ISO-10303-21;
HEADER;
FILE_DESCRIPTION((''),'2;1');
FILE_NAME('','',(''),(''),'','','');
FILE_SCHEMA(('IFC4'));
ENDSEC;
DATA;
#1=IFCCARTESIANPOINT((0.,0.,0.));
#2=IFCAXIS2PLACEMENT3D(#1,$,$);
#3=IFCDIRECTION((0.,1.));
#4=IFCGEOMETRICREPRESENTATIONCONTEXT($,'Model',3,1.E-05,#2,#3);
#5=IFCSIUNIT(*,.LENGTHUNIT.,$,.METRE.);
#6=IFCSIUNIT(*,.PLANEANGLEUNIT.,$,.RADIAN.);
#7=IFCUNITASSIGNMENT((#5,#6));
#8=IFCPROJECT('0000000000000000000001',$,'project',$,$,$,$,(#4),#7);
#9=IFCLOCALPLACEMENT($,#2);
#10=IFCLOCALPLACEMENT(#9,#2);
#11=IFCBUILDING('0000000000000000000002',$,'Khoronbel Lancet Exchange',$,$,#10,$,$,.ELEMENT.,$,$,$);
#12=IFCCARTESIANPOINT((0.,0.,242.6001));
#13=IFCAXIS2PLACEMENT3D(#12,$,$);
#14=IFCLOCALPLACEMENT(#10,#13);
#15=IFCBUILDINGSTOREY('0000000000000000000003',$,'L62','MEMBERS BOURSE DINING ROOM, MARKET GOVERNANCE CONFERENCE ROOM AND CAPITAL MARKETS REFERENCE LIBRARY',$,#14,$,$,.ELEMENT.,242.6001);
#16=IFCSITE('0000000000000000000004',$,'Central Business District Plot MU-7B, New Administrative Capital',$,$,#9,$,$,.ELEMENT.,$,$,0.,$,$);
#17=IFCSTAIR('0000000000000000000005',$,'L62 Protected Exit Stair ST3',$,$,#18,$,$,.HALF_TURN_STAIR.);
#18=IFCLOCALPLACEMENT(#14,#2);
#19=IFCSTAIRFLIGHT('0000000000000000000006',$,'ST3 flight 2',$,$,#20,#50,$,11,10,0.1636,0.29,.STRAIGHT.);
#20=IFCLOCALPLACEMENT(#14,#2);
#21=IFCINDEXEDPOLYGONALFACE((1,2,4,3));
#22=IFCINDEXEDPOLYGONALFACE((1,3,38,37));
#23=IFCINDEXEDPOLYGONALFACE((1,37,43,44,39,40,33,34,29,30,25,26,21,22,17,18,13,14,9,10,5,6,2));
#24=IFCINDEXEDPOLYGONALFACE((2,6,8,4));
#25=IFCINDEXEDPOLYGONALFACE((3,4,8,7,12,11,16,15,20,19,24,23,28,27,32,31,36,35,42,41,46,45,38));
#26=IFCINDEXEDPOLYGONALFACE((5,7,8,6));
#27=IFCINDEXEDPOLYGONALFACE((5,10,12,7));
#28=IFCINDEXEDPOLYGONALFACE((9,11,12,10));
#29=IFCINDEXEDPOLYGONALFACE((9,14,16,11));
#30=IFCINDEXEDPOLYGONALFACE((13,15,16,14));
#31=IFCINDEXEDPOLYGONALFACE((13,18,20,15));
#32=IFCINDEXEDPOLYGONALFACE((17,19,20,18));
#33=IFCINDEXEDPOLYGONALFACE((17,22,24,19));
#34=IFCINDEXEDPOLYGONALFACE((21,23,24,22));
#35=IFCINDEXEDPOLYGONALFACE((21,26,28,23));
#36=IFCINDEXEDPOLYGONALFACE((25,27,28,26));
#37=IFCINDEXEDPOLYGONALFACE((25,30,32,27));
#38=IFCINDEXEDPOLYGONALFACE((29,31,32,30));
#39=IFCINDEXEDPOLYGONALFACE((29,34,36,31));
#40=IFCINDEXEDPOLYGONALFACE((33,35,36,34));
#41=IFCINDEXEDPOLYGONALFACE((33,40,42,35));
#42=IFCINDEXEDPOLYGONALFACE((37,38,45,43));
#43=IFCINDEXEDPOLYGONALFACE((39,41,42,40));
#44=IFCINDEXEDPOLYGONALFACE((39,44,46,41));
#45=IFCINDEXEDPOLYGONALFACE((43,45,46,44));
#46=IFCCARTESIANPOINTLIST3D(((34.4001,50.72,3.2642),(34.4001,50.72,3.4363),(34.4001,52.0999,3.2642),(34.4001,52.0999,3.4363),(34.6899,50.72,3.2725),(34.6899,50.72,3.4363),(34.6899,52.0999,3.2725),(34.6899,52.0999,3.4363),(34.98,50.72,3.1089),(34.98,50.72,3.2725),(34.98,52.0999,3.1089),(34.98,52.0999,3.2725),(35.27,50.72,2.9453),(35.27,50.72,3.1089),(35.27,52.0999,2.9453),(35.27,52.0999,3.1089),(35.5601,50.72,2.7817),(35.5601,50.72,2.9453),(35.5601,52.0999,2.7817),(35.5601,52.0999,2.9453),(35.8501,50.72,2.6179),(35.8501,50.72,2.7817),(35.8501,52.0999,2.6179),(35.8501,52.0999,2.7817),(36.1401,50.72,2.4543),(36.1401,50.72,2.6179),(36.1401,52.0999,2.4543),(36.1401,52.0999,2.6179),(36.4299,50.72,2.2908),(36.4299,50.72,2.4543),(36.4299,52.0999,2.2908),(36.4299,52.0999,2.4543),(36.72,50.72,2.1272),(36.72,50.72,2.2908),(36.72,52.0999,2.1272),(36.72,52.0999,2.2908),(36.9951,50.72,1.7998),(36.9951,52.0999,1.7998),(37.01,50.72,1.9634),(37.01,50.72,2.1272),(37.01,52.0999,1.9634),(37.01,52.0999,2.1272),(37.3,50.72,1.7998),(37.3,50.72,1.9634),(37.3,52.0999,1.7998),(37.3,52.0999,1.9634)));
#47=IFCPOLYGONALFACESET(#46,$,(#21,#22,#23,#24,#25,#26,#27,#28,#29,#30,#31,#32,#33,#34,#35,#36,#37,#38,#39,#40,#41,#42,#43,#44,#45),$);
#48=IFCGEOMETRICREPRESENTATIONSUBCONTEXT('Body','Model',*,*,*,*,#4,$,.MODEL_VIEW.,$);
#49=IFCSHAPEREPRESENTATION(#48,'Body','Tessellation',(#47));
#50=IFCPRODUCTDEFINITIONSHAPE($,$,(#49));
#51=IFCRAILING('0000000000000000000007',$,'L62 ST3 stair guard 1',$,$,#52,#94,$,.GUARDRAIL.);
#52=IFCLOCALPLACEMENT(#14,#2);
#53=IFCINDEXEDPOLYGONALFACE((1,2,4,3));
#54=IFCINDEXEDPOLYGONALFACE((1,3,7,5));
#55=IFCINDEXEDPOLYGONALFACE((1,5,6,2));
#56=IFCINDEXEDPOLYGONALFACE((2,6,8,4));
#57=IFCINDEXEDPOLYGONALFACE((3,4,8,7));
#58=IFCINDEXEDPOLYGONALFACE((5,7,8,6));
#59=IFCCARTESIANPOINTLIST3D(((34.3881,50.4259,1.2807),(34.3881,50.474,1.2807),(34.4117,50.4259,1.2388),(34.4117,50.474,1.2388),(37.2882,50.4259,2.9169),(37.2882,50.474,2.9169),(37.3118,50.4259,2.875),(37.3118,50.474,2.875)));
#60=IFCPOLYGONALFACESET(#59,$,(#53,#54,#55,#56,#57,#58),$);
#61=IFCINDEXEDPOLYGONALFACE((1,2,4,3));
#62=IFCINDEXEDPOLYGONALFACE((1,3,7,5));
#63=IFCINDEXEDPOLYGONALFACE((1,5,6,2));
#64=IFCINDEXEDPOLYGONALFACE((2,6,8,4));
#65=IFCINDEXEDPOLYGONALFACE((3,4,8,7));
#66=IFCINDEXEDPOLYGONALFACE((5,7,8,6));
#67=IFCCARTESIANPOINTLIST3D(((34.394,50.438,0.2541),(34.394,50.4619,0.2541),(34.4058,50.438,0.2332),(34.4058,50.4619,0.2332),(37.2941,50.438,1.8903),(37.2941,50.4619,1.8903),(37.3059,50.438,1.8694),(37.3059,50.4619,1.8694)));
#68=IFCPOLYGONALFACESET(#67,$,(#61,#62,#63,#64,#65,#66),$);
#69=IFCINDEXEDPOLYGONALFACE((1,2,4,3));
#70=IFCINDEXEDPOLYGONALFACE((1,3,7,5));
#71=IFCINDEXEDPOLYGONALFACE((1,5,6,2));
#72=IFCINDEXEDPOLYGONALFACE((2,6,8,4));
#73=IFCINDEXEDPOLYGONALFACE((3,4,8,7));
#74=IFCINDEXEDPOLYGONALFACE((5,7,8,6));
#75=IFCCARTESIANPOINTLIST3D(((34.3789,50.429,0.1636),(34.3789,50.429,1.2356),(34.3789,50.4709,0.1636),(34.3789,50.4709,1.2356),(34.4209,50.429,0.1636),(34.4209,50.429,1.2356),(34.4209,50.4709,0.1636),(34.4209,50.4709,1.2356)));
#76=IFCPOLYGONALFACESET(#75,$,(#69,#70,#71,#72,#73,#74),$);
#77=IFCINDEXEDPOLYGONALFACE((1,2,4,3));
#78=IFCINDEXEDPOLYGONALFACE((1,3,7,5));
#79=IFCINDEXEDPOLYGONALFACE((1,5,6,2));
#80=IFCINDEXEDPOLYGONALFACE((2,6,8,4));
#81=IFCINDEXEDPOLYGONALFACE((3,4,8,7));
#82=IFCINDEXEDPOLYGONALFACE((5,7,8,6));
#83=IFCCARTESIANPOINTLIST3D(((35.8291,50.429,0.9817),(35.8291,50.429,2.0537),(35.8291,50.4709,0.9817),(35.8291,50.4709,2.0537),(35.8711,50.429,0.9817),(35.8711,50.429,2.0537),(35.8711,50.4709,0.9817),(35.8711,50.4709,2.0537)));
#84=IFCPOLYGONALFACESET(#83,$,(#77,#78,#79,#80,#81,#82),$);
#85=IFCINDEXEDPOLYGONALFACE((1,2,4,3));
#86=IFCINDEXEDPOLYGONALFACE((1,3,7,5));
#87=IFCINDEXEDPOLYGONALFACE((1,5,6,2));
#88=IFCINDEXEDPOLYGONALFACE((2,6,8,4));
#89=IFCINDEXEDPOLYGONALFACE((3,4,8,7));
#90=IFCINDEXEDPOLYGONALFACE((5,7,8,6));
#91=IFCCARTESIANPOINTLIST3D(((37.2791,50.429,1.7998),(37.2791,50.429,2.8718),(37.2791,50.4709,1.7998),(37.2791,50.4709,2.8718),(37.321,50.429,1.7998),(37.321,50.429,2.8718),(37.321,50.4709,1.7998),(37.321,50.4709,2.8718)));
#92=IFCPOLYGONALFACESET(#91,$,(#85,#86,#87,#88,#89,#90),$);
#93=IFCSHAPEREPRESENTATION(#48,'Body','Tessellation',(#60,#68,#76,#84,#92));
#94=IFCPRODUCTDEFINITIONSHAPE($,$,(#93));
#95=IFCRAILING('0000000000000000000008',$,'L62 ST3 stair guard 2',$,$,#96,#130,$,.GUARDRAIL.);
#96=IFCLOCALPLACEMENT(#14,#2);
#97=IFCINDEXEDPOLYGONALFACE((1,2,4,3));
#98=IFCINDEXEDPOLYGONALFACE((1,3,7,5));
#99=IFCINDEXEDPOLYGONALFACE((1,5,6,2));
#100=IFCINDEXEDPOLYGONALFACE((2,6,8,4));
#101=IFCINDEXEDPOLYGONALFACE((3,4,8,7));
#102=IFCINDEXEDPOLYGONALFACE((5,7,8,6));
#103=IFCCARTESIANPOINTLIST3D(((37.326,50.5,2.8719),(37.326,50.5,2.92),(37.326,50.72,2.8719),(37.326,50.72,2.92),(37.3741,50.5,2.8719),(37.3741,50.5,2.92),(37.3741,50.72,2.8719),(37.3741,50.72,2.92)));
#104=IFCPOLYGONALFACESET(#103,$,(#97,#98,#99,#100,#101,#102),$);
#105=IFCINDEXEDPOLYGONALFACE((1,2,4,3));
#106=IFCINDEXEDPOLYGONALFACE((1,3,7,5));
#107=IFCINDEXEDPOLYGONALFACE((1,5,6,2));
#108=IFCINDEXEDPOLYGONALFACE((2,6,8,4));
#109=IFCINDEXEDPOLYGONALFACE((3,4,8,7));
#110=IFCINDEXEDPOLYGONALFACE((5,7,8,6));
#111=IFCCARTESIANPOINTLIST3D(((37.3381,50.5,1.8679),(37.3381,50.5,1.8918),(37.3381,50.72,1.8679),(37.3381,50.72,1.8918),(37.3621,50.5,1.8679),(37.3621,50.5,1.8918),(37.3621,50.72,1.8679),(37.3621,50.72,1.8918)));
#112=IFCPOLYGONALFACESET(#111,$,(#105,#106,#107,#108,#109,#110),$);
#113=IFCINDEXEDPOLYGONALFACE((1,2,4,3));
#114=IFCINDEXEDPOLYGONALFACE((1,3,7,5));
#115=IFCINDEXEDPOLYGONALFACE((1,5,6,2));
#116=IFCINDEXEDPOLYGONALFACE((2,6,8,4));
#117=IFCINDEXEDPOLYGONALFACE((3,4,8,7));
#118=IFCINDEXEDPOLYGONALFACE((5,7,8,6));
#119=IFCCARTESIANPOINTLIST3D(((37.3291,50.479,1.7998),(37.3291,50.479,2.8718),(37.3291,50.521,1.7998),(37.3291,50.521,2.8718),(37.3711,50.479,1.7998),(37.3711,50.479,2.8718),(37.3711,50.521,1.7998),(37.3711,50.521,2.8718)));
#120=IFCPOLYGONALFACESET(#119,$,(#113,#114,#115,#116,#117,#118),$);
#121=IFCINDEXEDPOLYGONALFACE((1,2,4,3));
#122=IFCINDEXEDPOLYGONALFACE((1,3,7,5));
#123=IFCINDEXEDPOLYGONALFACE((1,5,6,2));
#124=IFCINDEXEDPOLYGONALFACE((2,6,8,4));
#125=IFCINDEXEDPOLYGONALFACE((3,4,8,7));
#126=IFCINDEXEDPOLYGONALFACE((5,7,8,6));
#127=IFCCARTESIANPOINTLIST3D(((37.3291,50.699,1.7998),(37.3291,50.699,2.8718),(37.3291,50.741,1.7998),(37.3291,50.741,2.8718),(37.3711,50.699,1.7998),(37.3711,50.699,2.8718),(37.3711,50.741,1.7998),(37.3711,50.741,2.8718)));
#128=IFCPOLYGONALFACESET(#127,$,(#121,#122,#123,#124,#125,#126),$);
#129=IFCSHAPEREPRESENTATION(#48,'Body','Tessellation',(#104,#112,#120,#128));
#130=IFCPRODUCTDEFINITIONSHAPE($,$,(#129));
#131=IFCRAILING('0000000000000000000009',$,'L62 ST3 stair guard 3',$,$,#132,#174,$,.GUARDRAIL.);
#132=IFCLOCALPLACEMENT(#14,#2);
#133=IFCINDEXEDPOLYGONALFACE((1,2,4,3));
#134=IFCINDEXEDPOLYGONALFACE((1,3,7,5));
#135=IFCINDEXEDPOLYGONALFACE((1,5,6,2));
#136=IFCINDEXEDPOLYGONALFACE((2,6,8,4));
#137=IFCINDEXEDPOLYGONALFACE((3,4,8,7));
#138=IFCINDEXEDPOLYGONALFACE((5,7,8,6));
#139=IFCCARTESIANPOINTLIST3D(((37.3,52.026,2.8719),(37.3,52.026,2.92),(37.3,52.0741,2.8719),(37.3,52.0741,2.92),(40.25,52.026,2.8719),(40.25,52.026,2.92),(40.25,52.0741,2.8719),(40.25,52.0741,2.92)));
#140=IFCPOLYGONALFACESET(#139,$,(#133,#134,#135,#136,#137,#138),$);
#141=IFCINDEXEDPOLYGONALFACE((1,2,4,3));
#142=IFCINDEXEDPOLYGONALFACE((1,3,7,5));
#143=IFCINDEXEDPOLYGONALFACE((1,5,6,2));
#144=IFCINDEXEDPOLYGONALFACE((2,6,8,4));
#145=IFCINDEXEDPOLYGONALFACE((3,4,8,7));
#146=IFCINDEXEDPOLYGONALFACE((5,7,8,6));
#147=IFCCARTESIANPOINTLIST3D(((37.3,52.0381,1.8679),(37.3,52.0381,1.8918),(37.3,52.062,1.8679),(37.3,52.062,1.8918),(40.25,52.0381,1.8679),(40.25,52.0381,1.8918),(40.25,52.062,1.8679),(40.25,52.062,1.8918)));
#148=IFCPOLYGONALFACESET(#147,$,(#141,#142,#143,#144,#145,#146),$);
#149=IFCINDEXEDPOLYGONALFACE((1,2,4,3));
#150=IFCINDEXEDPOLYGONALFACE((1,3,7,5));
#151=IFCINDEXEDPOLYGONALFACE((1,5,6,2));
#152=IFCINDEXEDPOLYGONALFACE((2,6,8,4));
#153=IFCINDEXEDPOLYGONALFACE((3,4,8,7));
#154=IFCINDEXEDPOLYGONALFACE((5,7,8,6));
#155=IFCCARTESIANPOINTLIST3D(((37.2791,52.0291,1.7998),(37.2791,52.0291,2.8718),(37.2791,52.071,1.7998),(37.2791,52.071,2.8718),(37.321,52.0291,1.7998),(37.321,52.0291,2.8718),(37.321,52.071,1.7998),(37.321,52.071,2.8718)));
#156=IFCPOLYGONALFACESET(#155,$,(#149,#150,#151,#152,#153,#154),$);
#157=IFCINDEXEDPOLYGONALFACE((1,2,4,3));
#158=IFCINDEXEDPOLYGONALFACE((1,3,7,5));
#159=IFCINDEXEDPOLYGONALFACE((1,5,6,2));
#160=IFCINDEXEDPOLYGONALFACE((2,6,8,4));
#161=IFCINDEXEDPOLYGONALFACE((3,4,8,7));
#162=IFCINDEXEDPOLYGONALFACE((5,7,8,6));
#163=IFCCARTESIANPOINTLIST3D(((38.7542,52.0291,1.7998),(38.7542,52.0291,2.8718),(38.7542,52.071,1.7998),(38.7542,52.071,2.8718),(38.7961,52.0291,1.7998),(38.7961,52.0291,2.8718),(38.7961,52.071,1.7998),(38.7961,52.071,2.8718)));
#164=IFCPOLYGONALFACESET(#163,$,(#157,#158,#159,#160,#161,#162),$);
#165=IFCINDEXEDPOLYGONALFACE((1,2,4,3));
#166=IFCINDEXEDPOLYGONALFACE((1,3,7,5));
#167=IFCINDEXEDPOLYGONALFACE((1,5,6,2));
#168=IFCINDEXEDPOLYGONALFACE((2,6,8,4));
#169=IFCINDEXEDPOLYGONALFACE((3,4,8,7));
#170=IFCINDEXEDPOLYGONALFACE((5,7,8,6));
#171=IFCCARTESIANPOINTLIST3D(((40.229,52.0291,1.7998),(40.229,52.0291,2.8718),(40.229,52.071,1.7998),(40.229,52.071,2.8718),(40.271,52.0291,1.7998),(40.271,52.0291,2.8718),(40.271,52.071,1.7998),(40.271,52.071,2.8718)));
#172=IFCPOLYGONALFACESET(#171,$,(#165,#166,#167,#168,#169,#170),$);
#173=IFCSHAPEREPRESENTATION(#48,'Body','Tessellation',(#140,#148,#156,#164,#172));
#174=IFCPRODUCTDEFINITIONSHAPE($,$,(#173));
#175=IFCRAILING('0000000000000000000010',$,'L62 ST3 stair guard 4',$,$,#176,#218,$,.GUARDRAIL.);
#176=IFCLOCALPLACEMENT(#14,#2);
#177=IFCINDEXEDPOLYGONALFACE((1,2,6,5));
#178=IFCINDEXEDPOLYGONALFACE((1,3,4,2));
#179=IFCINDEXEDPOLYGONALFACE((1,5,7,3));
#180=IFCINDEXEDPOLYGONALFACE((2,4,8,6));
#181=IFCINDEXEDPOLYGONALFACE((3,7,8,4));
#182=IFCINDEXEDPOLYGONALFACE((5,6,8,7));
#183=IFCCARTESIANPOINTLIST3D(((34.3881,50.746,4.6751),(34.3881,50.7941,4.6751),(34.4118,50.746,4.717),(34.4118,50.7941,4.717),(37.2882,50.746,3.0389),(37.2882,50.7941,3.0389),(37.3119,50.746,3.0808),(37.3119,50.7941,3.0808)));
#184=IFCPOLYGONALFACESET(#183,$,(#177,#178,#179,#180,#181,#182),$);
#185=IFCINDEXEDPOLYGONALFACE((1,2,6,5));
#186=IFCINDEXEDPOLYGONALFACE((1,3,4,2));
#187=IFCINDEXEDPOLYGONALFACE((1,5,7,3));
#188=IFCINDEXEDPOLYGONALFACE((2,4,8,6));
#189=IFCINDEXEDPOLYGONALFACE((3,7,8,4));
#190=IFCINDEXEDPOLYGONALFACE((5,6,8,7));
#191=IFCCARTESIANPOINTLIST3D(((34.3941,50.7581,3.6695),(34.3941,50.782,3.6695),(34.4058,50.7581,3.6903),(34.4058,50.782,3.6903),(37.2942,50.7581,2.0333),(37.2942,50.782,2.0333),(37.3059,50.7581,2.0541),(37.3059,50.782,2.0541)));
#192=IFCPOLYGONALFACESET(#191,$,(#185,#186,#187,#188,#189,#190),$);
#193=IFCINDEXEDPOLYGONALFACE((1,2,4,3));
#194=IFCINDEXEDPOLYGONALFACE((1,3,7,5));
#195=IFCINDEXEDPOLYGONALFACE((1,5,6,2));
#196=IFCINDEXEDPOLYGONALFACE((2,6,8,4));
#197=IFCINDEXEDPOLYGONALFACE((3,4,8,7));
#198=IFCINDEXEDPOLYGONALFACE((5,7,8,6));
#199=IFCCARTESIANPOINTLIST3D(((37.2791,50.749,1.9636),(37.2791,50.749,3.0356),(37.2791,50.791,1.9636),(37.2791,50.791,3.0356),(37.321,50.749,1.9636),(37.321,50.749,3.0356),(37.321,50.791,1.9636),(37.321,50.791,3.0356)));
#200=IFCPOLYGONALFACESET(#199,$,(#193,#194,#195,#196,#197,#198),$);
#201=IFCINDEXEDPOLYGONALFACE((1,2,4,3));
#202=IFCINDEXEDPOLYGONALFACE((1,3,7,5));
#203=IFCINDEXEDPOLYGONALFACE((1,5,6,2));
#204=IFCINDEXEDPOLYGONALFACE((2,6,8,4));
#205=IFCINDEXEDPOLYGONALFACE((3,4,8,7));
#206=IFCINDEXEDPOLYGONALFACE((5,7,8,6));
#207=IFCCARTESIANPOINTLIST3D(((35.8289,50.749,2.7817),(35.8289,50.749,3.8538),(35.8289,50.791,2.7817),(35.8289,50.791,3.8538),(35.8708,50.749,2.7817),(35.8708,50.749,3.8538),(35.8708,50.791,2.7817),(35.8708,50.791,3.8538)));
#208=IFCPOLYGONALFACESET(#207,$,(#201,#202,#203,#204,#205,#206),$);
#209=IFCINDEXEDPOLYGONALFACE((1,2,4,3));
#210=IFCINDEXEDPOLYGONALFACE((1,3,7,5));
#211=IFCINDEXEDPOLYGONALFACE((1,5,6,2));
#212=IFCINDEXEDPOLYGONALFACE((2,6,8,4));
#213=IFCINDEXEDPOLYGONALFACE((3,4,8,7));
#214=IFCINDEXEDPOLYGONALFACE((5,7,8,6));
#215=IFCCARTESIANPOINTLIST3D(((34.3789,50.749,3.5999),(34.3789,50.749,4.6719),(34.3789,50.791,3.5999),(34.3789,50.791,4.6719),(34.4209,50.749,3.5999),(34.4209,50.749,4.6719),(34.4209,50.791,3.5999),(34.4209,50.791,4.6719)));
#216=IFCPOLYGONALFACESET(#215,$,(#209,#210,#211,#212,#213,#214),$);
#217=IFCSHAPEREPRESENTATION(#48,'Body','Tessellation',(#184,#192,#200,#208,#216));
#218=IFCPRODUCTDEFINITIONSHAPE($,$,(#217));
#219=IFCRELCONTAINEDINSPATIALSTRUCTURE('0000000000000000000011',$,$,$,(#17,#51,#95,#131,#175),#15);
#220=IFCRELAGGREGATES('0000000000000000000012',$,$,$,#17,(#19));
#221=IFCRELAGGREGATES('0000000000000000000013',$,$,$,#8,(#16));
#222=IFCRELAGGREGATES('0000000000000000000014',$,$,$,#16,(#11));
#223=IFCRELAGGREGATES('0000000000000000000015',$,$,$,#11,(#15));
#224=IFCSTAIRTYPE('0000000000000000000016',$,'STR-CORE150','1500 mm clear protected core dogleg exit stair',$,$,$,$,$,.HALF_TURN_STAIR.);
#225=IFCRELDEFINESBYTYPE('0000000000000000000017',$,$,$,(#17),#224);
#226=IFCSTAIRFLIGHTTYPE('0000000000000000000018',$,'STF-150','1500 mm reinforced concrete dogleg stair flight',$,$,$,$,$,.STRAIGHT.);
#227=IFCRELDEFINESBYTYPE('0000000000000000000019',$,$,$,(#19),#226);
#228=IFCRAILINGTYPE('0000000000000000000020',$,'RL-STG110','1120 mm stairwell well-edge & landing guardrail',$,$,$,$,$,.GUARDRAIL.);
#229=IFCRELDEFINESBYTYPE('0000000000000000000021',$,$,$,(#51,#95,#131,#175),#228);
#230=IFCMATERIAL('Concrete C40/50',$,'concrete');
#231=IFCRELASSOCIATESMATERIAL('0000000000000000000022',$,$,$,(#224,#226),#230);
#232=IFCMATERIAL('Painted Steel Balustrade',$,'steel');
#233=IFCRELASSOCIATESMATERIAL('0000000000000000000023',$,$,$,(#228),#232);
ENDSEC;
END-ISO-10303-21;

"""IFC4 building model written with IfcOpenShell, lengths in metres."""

from ifc_helpers import new_model, si_unit, direction, frame, origin, origin_2d, place, context, subcontext, project, spatial, polyline, rectangle, outline, extrude, material, type_object, element, aggregate, save


model = new_model("IFC4")

# Units and contexts
model_context = context("Model", 3, precision=1e-05, world=origin(), true_north=direction((0.0, 1.0)))
body_context = subcontext(model_context, "Body", "Model", "MODEL_VIEW")
ifc_project = project(units=[si_unit("LENGTHUNIT", "METRE"), si_unit("PLANEANGLEUNIT", "RADIAN")], contexts=[model_context])

# Site, building, storey
site_placement = place(None, origin())
site = spatial("IfcSite", under=ifc_project, at=site_placement, Name="Central Business District Plot MU-7B, New Administrative Capital", CompositionType="ELEMENT", RefElevation=0.0)
building_placement = place(site_placement, origin())
building = spatial("IfcBuilding", under=site, at=building_placement, Name="Khoronbel Lancet Exchange", CompositionType="ELEMENT")
storey_placement = place(building_placement, frame((0.0, 0.0, 242.6001)))
storey = spatial("IfcBuildingStorey", under=building, at=storey_placement, Name="L62", Description="MEMBERS BOURSE DINING ROOM, MARKET GOVERNANCE CONFERENCE ROOM AND CAPITAL MARKETS REFERENCE LIBRARY", CompositionType="ELEMENT", Elevation=242.6001)

# Stair, stair flight
ifc_material_1 = material(Name="Concrete C40/50", Category="concrete")
stair_type = type_object("IfcStairType", Name="STR-CORE150", Description="1500 mm clear protected core dogleg exit stair", PredefinedType="HALF_TURN_STAIR", material=ifc_material_1)
stair_placement = place(storey_placement, origin())
stair = element("IfcStair", 1, at=stair_placement, inside=storey, type_object=stair_type, Name="L62 Protected Exit Stair ST3", PredefinedType="HALF_TURN_STAIR")
stair_flight_type = type_object("IfcStairFlightType", Name="STF-150", Description="1500 mm reinforced concrete dogleg stair flight", PredefinedType="STRAIGHT", material=ifc_material_1)
stair_flight_1_placement = place(storey_placement, frame((37.3, 51.4099, 1.7998), z_axis=(0.0, 0.0, 1.0), x_axis=(-1.0, 0.0, 0.0)))
stair_flight_1 = element("IfcStairFlight", 2, at=stair_flight_1_placement, type_object=stair_flight_type, Name="ST3 flight 2", NumberOfRisers=11, NumberOfTreads=10, PredefinedType="STRAIGHT", RiserHeight=0.1636, TreadLength=0.29, context=body_context, shape_type="SweptSolid", body=[
    extrude(outline(polyline([(0.0, 0.0), (0.0, 0.1636), (0.29, 0.1636), (0.29, 0.3274), (0.5801, 0.3274), (0.5801, 0.491), (0.8701, 0.491), (0.8701, 0.6545), (1.1599, 0.6545), (1.1599, 0.8181), (1.45, 0.8181), (1.45, 0.9819), (1.74, 0.9819), (1.74, 1.1455), (2.03, 1.1455), (2.03, 1.3091), (2.3201, 1.3091), (2.3201, 1.4727), (2.6101, 1.4727), (2.6101, 1.6365), (2.8999, 1.6365), (2.8999, 1.8), (2.8999, 1.4644), (0.3049, 0.0), (0.0, 0.0)])), frame((0.0, 0.6899, 0.0), z_axis=(0.0, -1.0, 0.0), x_axis=(1.0, 0.0, 0.0)), (0.0, 0.0, 1.0), 1.3799),
])
aggregate(stair, [stair_flight_1])

# Railings
ifc_material_2 = material(Name="Painted Steel Balustrade", Category="steel")
railing_type_1 = type_object("IfcRailingType", Name="RL-STG110", Description="1120 mm stairwell well-edge & landing guardrail", PredefinedType="GUARDRAIL", material=ifc_material_2)
railing_1_placement = place(storey_placement, frame((34.3999, 50.45, 0.1636)))
element("IfcRailing", 3, at=railing_1_placement, inside=storey, type_object=railing_type_1, Name="L62 ST3 stair guard 1", PredefinedType="GUARDRAIL", context=body_context, shape_type="SweptSolid", body=[
    extrude(rectangle(XDim=0.0481, YDim=0.0481, at=origin_2d()), frame((0.0, 0.0, 1.0962), z_axis=(0.870946, 0.0, 0.491378), x_axis=(0.0, 1.0, 0.0)), (0.0, 0.0, 1.0), 3.3298),
    extrude(rectangle(XDim=0.0239, YDim=0.0239, at=origin_2d()), frame((0.0, 0.0, 0.0801), z_axis=(0.870946, 0.0, 0.491378), x_axis=(0.0, 1.0, 0.0)), (0.0, 0.0, 1.0), 3.3298),
    extrude(rectangle(XDim=0.042, YDim=0.042, at=origin_2d()), origin(), (0.0, 0.0, 1.0), 1.072),
    extrude(rectangle(XDim=0.042, YDim=0.042, at=origin_2d()), frame((1.4502, 0.0, 0.8181)), (0.0, 0.0, 1.0), 1.072),
    extrude(rectangle(XDim=0.042, YDim=0.042, at=origin_2d()), frame((2.9001, 0.0, 1.6362)), (0.0, 0.0, 1.0), 1.072),
])
railing_2_placement = place(storey_placement, frame((37.3501, 50.5, 1.7998)))
element("IfcRailing", 4, at=railing_2_placement, inside=storey, type_object=railing_type_1, Name="L62 ST3 stair guard 2", PredefinedType="GUARDRAIL", context=body_context, shape_type="SweptSolid", body=[
    extrude(rectangle(XDim=0.0481, YDim=0.0481, at=origin_2d()), frame((0.0, 0.0, 1.0962), z_axis=(0.0, 1.0, 0.0), x_axis=(-1.0, 0.0, 0.0)), (0.0, 0.0, 1.0), 0.22),
    extrude(rectangle(XDim=0.0239, YDim=0.0239, at=origin_2d()), frame((0.0, 0.0, 0.0801), z_axis=(0.0, 1.0, 0.0), x_axis=(-1.0, 0.0, 0.0)), (0.0, 0.0, 1.0), 0.22),
    extrude(rectangle(XDim=0.042, YDim=0.042, at=origin_2d()), origin(), (0.0, 0.0, 1.0), 1.072),
    extrude(rectangle(XDim=0.042, YDim=0.042, at=origin_2d()), frame((0.0, 0.22, 0.0)), (0.0, 0.0, 1.0), 1.072),
])
railing_3_placement = place(storey_placement, frame((37.3, 52.05, 1.7998)))
element("IfcRailing", 5, at=railing_3_placement, inside=storey, type_object=railing_type_1, Name="L62 ST3 stair guard 3", PredefinedType="GUARDRAIL", context=body_context, shape_type="SweptSolid", body=[
    extrude(rectangle(XDim=0.0481, YDim=0.0481, at=origin_2d()), frame((0.0, 0.0, 1.0962), z_axis=(1.0, 0.0, 0.0), x_axis=(0.0, 1.0, 0.0)), (0.0, 0.0, 1.0), 2.95),
    extrude(rectangle(XDim=0.0239, YDim=0.0239, at=origin_2d()), frame((0.0, 0.0, 0.0801), z_axis=(1.0, 0.0, 0.0), x_axis=(0.0, 1.0, 0.0)), (0.0, 0.0, 1.0), 2.95),
    extrude(rectangle(XDim=0.042, YDim=0.042, at=origin_2d()), origin(), (0.0, 0.0, 1.0), 1.072),
    extrude(rectangle(XDim=0.042, YDim=0.042, at=origin_2d()), frame((1.4751, 0.0, 0.0)), (0.0, 0.0, 1.0), 1.072),
    extrude(rectangle(XDim=0.042, YDim=0.042, at=origin_2d()), frame((2.95, 0.0, 0.0)), (0.0, 0.0, 1.0), 1.072),
])
railing_4_placement = place(storey_placement, frame((37.3, 50.77, 1.9636)))
element("IfcRailing", 6, at=railing_4_placement, inside=storey, type_object=railing_type_1, Name="L62 ST3 stair guard 4", PredefinedType="GUARDRAIL", context=body_context, shape_type="SweptSolid", body=[
    extrude(rectangle(XDim=0.0481, YDim=0.0481, at=origin_2d()), frame((0.0, 0.0, 1.0962), z_axis=(-0.870946, 0.0, 0.491378), x_axis=(0.0, -1.0, 0.0)), (0.0, 0.0, 1.0), 3.3298),
    extrude(rectangle(XDim=0.0239, YDim=0.0239, at=origin_2d()), frame((0.0, 0.0, 0.0801), z_axis=(-0.870946, 0.0, 0.491378), x_axis=(0.0, -1.0, 0.0)), (0.0, 0.0, 1.0), 3.3298),
    extrude(rectangle(XDim=0.042, YDim=0.042, at=origin_2d()), origin(), (0.0, 0.0, 1.0), 1.072),
    extrude(rectangle(XDim=0.042, YDim=0.042, at=origin_2d()), frame((-1.4502, 0.0, 0.8181)), (0.0, 0.0, 1.0), 1.072),
    extrude(rectangle(XDim=0.042, YDim=0.042, at=origin_2d()), frame((-2.9001, 0.0, 1.6362)), (0.0, 0.0, 1.0), 1.072),
])

save(model, "model.ifc")
